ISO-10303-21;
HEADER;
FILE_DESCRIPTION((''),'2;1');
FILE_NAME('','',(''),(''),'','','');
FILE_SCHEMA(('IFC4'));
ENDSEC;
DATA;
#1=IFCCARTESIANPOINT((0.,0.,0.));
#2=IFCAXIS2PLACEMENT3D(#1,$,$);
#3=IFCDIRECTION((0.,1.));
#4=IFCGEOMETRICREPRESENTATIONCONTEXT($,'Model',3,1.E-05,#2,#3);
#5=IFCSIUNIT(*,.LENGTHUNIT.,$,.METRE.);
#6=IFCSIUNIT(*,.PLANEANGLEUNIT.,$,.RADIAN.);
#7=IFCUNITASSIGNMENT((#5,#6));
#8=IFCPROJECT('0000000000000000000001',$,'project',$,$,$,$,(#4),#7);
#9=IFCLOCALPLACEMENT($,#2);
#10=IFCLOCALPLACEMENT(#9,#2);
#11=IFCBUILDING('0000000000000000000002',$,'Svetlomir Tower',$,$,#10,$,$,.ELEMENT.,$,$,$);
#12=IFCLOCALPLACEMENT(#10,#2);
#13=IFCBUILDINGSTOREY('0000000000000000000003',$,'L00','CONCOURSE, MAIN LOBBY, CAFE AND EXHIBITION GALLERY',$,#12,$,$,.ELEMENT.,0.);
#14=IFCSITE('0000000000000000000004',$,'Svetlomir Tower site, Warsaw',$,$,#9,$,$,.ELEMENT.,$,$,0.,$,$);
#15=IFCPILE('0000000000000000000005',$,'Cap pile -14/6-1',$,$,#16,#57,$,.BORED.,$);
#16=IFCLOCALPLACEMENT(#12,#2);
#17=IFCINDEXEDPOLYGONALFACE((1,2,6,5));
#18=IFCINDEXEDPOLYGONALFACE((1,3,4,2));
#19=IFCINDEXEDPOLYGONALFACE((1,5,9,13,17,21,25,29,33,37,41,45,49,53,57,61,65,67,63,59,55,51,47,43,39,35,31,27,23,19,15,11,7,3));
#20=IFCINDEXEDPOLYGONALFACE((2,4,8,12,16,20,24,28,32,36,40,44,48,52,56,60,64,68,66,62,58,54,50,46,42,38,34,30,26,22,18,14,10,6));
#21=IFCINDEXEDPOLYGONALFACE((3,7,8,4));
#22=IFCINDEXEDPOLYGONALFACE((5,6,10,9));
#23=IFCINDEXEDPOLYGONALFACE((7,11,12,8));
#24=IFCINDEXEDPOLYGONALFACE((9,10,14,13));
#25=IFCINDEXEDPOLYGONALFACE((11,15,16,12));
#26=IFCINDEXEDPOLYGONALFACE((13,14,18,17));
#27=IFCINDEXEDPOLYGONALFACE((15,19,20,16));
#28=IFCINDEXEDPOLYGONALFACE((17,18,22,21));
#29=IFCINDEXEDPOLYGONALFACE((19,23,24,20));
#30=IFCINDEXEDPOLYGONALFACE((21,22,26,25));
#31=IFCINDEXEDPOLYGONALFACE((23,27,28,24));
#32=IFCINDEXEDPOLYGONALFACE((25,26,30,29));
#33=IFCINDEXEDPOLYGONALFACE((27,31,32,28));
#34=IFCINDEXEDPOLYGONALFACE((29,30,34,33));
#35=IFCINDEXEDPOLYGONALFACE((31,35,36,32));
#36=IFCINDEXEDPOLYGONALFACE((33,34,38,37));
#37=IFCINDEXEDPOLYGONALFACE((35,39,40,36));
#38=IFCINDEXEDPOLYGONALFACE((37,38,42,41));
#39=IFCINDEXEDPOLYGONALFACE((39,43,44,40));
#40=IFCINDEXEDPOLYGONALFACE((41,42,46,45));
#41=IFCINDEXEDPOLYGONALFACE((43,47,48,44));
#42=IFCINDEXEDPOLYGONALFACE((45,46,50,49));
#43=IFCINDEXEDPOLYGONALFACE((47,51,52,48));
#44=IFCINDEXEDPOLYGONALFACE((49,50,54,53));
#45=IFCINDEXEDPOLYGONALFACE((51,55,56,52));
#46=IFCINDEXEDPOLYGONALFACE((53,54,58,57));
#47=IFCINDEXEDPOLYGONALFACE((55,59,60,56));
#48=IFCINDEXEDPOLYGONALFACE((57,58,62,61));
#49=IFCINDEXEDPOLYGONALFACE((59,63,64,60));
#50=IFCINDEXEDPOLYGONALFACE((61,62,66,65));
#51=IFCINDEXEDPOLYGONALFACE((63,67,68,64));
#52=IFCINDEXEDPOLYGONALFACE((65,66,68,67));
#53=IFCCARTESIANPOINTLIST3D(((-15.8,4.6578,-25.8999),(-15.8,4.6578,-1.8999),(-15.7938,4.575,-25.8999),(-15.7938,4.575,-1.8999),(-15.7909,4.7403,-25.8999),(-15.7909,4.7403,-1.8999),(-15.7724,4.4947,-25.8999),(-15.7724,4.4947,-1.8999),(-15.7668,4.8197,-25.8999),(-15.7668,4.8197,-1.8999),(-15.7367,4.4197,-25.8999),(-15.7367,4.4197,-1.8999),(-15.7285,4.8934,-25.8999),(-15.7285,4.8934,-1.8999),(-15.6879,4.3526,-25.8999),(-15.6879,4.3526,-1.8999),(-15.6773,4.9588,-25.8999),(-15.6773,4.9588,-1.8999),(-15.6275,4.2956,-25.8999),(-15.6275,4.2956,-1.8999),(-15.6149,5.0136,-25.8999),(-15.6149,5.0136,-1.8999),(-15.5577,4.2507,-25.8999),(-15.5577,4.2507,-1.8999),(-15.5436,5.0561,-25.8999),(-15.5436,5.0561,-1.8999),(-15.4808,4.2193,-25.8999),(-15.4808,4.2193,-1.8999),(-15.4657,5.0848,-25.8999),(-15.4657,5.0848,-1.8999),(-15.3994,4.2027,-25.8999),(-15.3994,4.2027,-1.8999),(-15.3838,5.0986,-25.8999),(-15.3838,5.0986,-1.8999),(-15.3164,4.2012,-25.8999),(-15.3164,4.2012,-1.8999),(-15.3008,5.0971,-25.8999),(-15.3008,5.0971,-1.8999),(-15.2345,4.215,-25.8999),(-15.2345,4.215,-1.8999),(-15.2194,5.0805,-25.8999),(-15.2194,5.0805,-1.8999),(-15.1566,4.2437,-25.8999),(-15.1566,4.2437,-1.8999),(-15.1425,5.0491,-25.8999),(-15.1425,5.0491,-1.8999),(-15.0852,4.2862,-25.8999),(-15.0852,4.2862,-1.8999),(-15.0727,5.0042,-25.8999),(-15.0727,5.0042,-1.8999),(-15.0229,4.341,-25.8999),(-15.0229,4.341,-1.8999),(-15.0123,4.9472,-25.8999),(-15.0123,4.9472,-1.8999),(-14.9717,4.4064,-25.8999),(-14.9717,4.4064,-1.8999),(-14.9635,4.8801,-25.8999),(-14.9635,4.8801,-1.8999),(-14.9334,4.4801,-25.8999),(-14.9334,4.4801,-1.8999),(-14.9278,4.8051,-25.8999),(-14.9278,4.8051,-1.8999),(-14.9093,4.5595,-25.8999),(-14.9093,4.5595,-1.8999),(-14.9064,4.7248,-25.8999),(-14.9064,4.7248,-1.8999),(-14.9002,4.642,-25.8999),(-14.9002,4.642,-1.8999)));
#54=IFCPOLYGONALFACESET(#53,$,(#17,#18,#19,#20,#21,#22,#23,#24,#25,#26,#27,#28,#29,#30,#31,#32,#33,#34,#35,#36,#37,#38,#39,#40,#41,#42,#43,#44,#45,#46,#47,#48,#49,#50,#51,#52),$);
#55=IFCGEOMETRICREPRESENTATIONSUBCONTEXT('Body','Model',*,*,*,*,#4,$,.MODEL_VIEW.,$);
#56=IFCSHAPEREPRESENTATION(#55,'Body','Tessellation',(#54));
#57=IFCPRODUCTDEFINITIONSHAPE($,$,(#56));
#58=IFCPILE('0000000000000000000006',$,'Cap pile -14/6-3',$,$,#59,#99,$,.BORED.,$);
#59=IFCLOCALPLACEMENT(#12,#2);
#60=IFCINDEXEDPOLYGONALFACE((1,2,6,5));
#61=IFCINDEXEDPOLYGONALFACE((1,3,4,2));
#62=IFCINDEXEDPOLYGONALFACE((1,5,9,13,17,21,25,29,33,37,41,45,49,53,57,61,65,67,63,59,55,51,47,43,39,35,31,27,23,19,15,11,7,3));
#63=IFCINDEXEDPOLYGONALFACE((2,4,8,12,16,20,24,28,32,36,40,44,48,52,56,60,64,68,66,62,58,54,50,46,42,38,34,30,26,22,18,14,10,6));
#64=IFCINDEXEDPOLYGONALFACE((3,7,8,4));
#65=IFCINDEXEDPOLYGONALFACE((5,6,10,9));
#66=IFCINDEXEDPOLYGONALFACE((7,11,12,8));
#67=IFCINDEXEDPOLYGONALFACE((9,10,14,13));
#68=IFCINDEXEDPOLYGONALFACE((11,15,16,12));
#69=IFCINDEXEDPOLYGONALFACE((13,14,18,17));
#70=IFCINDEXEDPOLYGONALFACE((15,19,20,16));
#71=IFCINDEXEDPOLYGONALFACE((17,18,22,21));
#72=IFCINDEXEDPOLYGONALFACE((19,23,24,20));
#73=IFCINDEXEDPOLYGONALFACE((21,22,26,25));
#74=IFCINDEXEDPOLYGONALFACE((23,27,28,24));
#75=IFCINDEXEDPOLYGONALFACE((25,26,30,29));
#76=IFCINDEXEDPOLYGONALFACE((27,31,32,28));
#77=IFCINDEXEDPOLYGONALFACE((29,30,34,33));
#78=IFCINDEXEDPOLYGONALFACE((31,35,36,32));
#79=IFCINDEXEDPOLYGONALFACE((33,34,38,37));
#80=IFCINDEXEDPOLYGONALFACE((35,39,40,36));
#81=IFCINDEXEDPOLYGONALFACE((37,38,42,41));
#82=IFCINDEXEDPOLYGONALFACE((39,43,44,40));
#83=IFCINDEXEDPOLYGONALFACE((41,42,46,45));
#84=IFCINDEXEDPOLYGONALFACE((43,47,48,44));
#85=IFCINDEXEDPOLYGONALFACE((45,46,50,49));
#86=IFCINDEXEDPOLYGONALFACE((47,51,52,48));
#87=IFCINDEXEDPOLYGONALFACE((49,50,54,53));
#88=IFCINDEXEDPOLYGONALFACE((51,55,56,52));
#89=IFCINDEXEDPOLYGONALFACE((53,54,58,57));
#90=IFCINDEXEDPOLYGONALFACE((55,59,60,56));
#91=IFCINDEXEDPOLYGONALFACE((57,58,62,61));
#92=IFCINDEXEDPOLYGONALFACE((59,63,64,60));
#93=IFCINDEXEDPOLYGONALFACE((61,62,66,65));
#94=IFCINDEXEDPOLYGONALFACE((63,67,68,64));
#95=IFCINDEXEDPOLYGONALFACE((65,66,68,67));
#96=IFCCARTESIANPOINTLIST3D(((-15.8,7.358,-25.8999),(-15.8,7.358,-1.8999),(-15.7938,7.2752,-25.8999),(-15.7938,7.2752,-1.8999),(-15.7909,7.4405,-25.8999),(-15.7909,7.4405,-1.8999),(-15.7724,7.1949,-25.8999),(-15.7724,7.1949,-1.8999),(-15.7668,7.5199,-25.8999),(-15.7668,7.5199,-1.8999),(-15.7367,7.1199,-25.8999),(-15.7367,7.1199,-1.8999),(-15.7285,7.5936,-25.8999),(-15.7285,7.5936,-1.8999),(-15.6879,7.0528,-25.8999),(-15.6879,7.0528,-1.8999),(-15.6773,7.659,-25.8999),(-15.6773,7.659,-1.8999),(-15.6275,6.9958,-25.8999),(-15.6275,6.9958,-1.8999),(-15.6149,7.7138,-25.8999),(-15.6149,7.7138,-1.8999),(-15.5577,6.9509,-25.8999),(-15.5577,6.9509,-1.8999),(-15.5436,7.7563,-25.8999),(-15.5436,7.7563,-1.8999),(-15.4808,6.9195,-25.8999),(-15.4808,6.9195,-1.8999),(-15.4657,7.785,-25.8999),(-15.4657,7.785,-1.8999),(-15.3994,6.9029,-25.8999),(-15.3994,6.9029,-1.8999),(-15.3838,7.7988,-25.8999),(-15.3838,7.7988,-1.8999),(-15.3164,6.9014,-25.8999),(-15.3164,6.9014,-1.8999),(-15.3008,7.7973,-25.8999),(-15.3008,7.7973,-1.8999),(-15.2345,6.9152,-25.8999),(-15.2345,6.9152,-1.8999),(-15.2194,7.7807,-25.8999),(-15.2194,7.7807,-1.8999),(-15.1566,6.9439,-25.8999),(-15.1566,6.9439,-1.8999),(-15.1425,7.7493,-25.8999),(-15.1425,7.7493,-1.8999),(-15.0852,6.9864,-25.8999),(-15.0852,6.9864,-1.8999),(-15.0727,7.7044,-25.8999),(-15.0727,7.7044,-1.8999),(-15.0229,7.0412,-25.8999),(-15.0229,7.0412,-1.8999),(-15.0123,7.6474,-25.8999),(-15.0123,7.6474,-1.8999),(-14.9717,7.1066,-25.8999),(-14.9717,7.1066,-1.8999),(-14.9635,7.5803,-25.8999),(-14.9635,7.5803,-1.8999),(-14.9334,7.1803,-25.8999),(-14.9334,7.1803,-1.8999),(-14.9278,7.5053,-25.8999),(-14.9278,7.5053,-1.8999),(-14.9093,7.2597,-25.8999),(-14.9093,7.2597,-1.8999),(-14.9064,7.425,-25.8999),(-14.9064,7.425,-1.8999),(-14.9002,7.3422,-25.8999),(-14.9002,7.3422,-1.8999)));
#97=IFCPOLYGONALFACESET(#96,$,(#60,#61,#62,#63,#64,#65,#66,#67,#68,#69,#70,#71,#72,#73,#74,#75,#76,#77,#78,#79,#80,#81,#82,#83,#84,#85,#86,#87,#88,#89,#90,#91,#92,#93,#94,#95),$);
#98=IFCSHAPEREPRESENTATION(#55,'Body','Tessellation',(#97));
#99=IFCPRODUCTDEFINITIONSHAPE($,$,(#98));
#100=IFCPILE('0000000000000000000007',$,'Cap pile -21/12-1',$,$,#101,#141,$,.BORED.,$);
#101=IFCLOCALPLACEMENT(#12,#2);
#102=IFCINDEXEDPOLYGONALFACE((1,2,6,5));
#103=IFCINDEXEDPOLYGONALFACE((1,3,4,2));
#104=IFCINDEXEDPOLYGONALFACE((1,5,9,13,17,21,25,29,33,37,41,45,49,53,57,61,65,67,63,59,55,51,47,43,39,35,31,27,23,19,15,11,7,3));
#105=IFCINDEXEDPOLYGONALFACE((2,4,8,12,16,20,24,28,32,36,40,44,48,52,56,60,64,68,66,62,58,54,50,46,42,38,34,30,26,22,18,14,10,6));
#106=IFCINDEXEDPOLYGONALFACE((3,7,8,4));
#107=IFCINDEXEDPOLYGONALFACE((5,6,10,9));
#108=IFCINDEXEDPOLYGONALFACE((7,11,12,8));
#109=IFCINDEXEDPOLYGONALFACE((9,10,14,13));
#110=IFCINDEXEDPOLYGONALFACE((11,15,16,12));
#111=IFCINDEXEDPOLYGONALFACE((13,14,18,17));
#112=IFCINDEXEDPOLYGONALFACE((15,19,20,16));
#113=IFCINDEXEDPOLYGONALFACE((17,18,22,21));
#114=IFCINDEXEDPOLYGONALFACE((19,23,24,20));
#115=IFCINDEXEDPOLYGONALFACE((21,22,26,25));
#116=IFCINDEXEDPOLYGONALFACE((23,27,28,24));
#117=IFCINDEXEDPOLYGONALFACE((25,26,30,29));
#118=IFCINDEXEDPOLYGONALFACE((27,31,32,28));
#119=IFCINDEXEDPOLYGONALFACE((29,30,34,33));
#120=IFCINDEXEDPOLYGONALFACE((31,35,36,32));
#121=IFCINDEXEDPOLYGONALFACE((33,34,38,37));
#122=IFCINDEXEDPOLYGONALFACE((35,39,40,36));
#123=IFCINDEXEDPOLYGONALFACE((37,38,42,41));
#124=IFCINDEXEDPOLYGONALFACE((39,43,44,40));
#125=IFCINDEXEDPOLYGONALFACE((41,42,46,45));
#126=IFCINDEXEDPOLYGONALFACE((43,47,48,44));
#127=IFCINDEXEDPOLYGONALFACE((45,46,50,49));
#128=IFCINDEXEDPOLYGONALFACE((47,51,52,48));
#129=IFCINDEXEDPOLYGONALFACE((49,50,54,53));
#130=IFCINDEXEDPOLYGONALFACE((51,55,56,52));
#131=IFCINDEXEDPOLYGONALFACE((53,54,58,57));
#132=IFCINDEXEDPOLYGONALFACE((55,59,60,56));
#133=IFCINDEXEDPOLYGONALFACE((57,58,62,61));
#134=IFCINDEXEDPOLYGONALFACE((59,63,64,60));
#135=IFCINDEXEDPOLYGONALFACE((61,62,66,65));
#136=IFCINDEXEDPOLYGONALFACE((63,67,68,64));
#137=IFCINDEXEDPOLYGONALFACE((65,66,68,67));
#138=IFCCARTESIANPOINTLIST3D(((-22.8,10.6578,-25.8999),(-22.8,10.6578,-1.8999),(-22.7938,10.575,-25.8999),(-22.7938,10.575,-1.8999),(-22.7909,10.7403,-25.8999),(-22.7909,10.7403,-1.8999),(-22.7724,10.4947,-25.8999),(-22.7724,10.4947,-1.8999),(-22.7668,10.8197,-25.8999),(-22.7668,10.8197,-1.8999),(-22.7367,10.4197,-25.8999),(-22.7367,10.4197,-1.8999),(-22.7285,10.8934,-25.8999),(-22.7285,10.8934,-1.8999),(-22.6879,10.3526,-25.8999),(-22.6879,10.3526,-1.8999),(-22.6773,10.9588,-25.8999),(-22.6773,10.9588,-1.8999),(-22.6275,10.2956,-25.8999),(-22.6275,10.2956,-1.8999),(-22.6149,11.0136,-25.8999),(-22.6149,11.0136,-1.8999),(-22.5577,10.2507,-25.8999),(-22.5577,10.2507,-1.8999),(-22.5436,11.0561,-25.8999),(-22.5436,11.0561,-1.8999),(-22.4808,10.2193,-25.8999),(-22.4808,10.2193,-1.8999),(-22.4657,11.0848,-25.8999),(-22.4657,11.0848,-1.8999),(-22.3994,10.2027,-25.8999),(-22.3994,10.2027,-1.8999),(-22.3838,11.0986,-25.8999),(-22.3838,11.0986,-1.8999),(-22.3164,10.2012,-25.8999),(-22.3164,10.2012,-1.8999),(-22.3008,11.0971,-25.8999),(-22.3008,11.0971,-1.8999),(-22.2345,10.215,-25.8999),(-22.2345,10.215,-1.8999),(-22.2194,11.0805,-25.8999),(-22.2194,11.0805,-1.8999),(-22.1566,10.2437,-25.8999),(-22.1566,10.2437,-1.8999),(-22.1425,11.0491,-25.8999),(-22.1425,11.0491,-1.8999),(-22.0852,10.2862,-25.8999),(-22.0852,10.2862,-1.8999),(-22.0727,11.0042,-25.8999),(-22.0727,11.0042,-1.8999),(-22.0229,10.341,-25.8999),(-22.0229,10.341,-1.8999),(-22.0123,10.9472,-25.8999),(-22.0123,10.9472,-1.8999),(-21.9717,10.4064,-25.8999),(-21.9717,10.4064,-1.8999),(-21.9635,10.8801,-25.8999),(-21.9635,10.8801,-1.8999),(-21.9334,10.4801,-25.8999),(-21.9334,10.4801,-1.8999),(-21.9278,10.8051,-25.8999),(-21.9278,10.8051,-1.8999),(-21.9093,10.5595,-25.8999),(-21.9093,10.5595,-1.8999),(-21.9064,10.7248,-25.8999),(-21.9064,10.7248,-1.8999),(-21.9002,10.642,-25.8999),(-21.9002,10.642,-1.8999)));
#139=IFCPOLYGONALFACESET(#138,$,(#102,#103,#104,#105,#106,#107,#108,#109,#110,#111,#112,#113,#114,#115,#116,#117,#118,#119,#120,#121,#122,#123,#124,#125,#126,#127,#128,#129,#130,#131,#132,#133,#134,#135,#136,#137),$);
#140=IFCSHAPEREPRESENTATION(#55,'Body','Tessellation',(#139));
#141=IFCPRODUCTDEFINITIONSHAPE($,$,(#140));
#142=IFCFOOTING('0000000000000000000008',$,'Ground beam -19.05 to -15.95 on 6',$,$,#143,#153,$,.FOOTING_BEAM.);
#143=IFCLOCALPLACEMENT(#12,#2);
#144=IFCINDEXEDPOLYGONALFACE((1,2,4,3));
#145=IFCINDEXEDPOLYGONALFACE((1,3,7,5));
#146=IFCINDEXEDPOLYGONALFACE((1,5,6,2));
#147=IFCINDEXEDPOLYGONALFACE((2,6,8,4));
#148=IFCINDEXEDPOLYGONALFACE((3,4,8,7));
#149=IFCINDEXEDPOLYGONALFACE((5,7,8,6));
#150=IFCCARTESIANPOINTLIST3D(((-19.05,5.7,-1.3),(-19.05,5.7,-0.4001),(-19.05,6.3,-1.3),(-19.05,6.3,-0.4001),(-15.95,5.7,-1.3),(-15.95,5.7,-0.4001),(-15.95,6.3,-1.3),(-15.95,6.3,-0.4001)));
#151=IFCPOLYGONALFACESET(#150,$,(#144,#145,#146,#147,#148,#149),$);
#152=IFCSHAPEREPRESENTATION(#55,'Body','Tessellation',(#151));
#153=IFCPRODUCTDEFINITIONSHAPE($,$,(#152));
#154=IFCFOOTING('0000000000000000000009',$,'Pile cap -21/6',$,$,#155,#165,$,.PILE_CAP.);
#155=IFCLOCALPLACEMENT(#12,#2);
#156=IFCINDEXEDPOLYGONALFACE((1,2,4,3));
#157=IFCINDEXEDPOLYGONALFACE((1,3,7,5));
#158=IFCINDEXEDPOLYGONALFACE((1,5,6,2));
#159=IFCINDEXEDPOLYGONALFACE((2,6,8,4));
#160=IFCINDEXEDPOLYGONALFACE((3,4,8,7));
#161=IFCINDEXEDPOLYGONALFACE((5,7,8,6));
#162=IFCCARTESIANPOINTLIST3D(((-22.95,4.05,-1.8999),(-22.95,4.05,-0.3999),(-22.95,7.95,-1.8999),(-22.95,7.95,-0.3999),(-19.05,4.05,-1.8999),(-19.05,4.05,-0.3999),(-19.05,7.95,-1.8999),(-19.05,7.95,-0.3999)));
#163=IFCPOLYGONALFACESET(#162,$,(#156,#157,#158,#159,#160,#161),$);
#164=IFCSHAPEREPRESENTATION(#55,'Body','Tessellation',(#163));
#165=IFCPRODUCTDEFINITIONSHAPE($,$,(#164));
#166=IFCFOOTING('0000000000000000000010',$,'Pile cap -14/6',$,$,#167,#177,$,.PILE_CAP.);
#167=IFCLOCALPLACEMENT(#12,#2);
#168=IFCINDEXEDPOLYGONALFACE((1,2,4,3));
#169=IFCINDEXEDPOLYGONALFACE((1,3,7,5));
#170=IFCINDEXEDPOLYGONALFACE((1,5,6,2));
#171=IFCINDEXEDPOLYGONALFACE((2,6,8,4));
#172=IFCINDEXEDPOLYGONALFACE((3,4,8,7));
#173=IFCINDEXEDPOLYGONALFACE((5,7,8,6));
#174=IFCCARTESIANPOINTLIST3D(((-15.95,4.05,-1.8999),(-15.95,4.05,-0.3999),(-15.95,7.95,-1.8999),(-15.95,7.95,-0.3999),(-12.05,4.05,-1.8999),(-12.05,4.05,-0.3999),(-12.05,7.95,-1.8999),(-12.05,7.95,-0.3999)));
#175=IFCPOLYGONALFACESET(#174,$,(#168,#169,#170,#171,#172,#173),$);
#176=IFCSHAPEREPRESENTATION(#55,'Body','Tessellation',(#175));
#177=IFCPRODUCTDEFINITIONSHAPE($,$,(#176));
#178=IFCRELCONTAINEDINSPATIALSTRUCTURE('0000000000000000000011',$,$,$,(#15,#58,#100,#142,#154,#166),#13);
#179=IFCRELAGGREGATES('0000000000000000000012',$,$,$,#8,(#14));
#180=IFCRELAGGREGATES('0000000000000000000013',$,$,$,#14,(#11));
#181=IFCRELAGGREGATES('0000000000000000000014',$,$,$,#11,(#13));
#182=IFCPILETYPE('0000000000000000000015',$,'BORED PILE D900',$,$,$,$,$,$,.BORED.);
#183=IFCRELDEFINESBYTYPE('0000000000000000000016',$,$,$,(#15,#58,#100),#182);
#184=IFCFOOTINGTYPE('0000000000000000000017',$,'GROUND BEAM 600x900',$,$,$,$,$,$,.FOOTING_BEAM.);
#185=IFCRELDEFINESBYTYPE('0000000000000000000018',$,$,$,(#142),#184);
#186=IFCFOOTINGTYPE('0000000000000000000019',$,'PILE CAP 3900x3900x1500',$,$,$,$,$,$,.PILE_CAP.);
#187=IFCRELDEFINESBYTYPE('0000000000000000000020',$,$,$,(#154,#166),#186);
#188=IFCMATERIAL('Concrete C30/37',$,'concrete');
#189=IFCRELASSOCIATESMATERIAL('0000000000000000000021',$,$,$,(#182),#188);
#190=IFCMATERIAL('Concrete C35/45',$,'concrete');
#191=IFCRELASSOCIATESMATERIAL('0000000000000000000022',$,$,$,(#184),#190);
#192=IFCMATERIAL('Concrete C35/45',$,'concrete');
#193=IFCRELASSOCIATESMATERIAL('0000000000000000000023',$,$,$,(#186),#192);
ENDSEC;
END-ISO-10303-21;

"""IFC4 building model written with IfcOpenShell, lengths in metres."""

from ifc_helpers import new_model, si_unit, direction, frame, frame_2d, origin, origin_2d, place, context, subcontext, project, spatial, rectangle, circle, extrude, material, material_profile, profile_set, type_object, element, save


model = new_model("IFC4")

# Units and contexts
model_context = context("Model", 3, precision=1e-05, world=origin(), true_north=direction((0.0, 1.0)))
body_context = subcontext(model_context, "Body", "Model", "MODEL_VIEW")
ifc_project = project(units=[si_unit("LENGTHUNIT", "METRE"), si_unit("PLANEANGLEUNIT", "RADIAN")], contexts=[model_context])

# Site, building, storey
site_placement = place(None, origin())
site = spatial("IfcSite", under=ifc_project, at=site_placement, Name="Svetlomir Tower site, Warsaw", CompositionType="ELEMENT", RefElevation=0.0)
building_placement = place(site_placement, origin())
building = spatial("IfcBuilding", under=site, at=building_placement, Name="Svetlomir Tower", CompositionType="ELEMENT")
storey_placement = place(building_placement, origin())
storey = spatial("IfcBuildingStorey", under=building, at=storey_placement, Name="L00", Description="CONCOURSE, MAIN LOBBY, CAFE AND EXHIBITION GALLERY", CompositionType="ELEMENT", Elevation=0.0)

# Piles
ifc_material_1 = material(Name="Concrete C30/37", Category="concrete")
ifc_material_profile_1 = material_profile(ifc_material_1, circle(Radius=0.45, at=origin_2d()), Name="RC D900")
ifc_profile_set_1 = profile_set([ifc_material_profile_1], Name="Concrete C30/37")
pile_type = type_object("IfcPileType", Name="BORED PILE D900", PredefinedType="BORED", material=ifc_profile_set_1)
for number, where, z_axis, x_axis, name in (
    (1, (-15.3501, 4.6499, -1.8999), (0.0, 0.0, -1.0), (1.0, 0.0, 0.0), "Cap pile -14/6-1"),
    (2, (-15.3501, 7.3501, -1.8999), (0.0, 0.0, -1.0), (1.0, 0.0, 0.0), "Cap pile -14/6-3"),
    (3, (-22.3501, 10.6499, -1.8999), (0.0, 0.0, -1.0), (1.0, 0.0, 0.0), "Cap pile -21/12-1"),
):
    element("IfcPile", number, at=place(storey_placement, frame(where, z_axis=z_axis, x_axis=x_axis)), inside=storey, type_object=pile_type, Name=name, PredefinedType="BORED", context=body_context, shape_type="SweptSolid", body=[
        extrude(circle(Radius=0.45, at=frame_2d((0.0, 0.0), x_axis=(0.999848, 0.017452))), origin(), (0.0, 0.0, 1.0), 24.0),
    ])

# Footings
ifc_material_2 = material(Name="Concrete C35/45", Category="concrete")
footing_type_1 = type_object("IfcFootingType", Name="GROUND BEAM 600x900", PredefinedType="FOOTING_BEAM", material=ifc_material_2)
footing_placement = place(storey_placement, frame((-17.5, 6.0, -1.3), z_axis=(0.0, 0.0, 1.0), x_axis=(1.0, 0.0, 0.0)))
element("IfcFooting", 4, at=footing_placement, inside=storey, type_object=footing_type_1, Name="Ground beam -19.05 to -15.95 on 6", PredefinedType="FOOTING_BEAM", context=body_context, shape_type="SweptSolid", body=[
    extrude(rectangle(XDim=3.1001, YDim=0.6001, at=origin_2d()), origin(), (0.0, 0.0, 1.0), 0.8999),
])
ifc_material_3 = material(Name="Concrete C35/45", Category="concrete")
footing_type_2 = type_object("IfcFootingType", Name="PILE CAP 3900x3900x1500", PredefinedType="PILE_CAP", material=ifc_material_3)
for number, where, z_axis, x_axis, name in (
    (5, (-21.0, 6.0, -1.8999), (0.0, 0.0, 1.0), (1.0, 0.0, 0.0), "Pile cap -21/6"),
    (6, (-14.0, 6.0, -1.8999), (0.0, 0.0, 1.0), (1.0, 0.0, 0.0), "Pile cap -14/6"),
):
    element("IfcFooting", number, at=place(storey_placement, frame(where, z_axis=z_axis, x_axis=x_axis)), inside=storey, type_object=footing_type_2, Name=name, PredefinedType="PILE_CAP", context=body_context, shape_type="SweptSolid", body=[
        extrude(rectangle(XDim=3.8999, YDim=3.8999, at=origin_2d()), origin(), (0.0, 0.0, 1.0), 1.5),
    ])

save(model, "model.ifc")
